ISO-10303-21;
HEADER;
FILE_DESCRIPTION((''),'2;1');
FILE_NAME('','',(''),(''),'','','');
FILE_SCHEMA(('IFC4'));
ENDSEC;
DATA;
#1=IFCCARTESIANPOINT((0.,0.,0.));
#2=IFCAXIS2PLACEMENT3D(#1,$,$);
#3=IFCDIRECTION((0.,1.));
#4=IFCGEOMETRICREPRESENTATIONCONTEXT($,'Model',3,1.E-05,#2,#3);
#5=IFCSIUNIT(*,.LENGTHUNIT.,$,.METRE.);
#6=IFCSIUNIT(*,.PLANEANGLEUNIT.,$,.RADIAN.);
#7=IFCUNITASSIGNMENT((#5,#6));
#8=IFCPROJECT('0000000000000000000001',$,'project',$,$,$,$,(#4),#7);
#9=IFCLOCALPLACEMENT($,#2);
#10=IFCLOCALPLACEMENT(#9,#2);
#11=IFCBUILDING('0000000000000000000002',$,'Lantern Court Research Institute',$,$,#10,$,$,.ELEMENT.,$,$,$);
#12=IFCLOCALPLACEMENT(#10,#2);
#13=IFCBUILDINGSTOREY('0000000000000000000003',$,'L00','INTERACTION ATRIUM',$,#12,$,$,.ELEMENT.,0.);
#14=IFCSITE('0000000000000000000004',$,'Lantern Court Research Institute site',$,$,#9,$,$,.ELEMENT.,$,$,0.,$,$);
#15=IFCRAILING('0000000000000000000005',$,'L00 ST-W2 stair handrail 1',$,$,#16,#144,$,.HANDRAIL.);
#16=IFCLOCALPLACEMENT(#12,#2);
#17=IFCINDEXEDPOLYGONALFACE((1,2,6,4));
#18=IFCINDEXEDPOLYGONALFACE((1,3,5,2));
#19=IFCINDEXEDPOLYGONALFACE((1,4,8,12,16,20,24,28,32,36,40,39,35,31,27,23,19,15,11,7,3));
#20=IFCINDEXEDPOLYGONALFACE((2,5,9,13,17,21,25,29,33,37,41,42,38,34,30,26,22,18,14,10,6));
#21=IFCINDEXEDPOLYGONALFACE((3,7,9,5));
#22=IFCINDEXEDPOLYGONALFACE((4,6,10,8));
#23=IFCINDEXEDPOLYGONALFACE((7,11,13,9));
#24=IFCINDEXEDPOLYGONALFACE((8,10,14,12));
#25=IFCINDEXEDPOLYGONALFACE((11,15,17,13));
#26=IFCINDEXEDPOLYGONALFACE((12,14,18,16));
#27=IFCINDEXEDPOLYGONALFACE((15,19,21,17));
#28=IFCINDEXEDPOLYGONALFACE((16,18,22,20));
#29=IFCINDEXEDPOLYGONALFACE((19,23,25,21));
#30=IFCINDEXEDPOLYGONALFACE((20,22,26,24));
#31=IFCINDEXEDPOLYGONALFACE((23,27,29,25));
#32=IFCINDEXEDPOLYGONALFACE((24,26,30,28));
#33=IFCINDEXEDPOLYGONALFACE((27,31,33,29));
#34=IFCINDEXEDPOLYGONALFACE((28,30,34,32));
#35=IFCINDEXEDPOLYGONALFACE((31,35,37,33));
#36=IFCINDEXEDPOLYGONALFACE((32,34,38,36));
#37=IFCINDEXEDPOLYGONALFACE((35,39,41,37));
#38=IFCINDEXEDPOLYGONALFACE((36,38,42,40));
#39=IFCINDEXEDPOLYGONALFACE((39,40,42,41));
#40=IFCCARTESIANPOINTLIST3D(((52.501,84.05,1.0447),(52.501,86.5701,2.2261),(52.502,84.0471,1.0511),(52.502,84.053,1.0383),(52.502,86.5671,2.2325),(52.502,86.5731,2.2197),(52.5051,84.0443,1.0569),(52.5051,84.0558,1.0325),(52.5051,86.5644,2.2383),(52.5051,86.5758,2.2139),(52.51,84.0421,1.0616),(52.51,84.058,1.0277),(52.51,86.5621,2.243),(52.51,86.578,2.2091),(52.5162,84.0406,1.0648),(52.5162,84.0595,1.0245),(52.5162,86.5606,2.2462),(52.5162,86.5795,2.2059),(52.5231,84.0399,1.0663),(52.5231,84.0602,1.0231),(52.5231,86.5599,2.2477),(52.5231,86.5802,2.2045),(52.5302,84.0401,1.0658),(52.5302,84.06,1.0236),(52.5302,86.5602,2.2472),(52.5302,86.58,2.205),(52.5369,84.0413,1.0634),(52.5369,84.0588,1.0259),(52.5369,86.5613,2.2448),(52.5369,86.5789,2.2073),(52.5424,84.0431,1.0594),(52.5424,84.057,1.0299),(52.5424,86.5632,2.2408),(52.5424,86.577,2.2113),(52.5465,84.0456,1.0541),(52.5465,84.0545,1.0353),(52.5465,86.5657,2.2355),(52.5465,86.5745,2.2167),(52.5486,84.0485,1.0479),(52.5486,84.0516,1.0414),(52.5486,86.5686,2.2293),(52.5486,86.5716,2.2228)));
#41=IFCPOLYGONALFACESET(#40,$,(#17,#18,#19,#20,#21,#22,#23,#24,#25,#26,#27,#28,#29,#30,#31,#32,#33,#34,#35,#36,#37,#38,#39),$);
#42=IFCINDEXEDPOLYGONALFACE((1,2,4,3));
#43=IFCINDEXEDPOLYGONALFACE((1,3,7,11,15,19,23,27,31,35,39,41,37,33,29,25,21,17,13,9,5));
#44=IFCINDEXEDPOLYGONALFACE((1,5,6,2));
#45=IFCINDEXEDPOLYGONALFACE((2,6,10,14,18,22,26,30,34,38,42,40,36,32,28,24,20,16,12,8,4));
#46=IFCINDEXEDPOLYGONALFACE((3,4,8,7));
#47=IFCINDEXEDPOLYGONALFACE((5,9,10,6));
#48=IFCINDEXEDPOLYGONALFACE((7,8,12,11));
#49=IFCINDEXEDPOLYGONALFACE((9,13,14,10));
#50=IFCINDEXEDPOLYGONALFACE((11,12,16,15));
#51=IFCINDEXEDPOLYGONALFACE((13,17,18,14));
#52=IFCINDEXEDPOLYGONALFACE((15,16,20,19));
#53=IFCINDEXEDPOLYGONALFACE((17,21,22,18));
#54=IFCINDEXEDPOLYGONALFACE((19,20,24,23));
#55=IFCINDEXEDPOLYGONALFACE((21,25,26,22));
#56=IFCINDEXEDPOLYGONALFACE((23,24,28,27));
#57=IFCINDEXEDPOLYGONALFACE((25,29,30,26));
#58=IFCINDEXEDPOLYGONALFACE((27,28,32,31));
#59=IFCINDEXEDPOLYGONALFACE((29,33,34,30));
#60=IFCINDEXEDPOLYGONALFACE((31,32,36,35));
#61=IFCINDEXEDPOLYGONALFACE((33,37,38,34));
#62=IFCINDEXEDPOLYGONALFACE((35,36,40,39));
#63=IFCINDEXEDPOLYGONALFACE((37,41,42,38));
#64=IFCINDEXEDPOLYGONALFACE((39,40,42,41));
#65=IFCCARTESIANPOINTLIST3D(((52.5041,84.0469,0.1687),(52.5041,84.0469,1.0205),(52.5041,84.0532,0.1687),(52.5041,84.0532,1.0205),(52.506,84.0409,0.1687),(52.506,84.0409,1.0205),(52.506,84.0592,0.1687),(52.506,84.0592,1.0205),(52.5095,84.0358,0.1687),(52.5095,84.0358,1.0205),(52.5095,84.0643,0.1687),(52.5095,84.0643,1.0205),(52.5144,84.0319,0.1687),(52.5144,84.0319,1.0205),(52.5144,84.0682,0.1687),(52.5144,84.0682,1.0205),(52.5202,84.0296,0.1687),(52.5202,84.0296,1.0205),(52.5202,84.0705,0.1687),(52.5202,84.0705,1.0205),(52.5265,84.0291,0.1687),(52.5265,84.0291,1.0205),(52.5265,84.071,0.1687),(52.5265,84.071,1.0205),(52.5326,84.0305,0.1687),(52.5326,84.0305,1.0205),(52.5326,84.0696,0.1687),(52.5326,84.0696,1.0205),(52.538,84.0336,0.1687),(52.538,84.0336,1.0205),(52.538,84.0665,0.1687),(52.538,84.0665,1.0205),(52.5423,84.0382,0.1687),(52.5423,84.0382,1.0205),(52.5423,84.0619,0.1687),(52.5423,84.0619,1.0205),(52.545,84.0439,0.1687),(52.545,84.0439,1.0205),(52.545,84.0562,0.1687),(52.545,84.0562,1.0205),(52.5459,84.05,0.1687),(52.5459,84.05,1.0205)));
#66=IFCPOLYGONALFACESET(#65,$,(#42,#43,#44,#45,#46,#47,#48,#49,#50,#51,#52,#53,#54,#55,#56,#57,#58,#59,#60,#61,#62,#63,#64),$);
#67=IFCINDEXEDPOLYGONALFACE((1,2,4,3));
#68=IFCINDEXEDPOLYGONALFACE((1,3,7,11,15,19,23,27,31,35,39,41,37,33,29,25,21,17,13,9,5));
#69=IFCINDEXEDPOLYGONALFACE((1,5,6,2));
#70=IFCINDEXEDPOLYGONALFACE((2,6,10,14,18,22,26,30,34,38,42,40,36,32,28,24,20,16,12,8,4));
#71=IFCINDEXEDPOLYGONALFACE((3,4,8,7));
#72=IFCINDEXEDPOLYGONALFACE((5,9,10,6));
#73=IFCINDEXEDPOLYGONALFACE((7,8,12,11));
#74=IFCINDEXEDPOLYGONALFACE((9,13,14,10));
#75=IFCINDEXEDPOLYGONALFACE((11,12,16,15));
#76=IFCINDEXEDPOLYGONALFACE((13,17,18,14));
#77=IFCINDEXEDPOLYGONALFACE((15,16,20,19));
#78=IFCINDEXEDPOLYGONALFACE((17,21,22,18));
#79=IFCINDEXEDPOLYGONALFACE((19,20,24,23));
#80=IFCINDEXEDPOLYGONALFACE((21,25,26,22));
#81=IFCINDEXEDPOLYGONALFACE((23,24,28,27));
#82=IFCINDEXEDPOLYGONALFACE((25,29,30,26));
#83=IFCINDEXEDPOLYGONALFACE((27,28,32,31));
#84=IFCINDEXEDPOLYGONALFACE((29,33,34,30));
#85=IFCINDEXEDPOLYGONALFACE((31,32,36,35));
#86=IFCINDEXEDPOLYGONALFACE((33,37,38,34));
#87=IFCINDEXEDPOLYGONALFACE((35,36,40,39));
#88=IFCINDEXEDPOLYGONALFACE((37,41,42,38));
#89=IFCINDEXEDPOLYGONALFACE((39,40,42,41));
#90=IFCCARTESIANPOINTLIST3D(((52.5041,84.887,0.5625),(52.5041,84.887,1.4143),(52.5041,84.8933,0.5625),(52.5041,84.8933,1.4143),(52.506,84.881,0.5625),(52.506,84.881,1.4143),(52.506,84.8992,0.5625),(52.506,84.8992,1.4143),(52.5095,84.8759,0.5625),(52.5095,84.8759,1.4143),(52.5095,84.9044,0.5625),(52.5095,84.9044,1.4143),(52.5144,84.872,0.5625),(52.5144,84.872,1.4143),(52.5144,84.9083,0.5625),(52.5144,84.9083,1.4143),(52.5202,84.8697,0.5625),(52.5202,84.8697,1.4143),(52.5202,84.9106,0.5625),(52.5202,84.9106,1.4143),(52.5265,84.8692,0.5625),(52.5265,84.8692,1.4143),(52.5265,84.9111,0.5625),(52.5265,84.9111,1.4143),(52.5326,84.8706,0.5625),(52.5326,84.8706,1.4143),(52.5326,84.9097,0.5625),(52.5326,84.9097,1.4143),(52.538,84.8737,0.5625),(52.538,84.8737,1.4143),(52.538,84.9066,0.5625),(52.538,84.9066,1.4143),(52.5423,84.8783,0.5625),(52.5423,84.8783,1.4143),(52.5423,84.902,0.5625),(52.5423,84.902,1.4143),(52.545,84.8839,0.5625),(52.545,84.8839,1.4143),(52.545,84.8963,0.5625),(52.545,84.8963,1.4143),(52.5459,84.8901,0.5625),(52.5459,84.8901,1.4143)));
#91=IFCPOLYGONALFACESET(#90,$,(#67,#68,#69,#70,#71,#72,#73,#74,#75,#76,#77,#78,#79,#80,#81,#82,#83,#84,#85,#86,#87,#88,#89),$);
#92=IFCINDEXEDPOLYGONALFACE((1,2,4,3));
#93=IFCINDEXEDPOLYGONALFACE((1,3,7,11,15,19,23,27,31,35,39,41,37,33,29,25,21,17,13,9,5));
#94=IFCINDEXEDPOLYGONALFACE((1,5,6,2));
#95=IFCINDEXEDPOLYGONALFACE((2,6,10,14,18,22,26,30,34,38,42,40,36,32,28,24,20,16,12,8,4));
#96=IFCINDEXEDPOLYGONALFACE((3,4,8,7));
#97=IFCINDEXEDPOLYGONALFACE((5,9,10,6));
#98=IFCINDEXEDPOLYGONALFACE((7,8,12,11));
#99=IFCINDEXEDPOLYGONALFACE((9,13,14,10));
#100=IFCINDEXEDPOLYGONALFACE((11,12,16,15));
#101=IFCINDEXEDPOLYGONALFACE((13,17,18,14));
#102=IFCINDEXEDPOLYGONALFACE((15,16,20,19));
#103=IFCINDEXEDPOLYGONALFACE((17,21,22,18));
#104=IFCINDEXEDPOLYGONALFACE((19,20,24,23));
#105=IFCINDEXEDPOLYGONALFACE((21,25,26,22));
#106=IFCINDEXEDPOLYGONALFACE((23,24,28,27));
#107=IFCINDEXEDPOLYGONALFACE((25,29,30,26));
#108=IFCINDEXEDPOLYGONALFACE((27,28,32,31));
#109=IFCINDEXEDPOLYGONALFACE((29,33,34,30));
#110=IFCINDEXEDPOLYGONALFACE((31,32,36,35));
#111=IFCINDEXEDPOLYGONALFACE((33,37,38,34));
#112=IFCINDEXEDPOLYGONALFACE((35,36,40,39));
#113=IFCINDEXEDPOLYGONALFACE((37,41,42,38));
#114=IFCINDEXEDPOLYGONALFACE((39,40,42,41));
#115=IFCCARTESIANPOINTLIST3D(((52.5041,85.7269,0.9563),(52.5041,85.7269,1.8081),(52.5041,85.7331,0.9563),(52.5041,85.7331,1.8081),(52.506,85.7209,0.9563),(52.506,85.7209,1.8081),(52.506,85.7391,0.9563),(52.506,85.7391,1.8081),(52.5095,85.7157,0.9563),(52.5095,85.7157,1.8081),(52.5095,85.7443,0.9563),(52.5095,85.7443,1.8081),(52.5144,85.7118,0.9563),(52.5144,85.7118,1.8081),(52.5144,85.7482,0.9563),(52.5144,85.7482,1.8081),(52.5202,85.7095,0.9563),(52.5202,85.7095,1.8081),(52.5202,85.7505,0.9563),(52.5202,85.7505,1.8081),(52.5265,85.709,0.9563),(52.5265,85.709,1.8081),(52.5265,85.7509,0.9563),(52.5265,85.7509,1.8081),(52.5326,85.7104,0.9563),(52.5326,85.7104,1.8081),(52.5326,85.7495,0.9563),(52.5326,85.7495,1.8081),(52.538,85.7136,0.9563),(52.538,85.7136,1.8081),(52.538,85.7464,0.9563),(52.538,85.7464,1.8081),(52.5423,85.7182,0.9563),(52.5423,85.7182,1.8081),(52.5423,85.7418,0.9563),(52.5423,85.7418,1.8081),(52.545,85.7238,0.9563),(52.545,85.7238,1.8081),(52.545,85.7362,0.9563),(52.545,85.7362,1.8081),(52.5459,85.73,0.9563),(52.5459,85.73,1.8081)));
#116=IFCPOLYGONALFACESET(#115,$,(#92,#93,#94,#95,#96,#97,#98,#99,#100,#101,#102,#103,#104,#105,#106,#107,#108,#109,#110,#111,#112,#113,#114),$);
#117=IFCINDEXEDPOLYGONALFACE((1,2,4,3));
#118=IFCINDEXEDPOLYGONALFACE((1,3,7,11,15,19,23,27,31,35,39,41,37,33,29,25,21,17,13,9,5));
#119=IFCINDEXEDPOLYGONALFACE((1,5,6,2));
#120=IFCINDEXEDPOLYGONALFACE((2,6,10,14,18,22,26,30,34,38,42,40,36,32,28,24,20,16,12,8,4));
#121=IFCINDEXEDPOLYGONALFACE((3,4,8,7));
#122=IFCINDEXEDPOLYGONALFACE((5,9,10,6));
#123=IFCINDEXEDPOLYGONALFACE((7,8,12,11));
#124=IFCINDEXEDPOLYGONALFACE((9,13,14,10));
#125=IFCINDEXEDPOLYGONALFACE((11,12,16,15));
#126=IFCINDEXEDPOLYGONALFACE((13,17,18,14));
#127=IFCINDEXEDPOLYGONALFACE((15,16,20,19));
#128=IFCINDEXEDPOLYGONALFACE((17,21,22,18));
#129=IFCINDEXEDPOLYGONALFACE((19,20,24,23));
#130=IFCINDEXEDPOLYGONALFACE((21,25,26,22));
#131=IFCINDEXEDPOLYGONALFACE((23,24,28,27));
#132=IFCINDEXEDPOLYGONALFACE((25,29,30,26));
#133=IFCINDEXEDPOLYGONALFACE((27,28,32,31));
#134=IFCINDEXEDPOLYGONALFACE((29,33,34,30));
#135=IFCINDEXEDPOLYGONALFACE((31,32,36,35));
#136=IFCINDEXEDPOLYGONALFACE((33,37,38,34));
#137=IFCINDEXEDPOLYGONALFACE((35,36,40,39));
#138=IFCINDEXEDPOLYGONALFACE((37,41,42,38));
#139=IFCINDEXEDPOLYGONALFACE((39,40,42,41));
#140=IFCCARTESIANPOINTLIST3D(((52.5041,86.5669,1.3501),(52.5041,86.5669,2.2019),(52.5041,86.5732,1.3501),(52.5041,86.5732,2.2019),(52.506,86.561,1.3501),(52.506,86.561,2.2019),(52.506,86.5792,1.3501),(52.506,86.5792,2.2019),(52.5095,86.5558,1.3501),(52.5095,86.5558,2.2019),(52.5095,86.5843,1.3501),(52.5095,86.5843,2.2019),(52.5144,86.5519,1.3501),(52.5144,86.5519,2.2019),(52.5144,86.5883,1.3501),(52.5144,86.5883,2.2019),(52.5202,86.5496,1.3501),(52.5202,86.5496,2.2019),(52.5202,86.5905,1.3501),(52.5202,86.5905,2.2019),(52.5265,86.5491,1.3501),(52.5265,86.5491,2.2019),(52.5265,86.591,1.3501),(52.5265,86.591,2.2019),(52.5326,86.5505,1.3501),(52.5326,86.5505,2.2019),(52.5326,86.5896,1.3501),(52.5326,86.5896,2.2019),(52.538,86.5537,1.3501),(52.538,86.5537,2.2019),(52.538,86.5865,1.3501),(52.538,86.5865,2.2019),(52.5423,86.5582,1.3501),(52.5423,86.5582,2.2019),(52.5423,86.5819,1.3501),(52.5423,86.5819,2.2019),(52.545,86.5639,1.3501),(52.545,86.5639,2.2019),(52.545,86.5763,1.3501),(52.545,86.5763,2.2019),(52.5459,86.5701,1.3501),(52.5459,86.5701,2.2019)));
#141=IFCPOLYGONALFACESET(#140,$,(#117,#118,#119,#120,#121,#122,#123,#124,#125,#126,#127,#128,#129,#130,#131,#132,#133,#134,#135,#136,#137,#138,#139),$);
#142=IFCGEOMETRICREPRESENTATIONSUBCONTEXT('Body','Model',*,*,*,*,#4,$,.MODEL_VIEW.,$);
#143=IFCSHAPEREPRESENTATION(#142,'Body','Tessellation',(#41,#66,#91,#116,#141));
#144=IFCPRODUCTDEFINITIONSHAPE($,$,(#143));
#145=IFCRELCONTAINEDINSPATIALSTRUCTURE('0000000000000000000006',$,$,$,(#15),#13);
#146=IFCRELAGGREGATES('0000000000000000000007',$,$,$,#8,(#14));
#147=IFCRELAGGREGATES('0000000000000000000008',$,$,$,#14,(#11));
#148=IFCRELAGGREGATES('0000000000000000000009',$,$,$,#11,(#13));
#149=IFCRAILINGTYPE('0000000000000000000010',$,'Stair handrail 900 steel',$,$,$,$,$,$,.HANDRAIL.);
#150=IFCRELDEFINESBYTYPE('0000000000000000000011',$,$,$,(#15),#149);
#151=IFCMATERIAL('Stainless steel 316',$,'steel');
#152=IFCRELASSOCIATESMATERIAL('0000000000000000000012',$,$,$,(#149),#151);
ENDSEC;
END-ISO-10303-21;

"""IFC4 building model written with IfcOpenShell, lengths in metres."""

from ifc_helpers import new_model, si_unit, direction, frame, origin, origin_2d, place, context, subcontext, project, spatial, circle, extrude, material, type_object, element, save


model = new_model("IFC4")

# Units and contexts
model_context = context("Model", 3, precision=1e-05, world=origin(), true_north=direction((0.0, 1.0)))
body_context = subcontext(model_context, "Body", "Model", "MODEL_VIEW")
ifc_project = project(units=[si_unit("LENGTHUNIT", "METRE"), si_unit("PLANEANGLEUNIT", "RADIAN")], contexts=[model_context])

# Site, building, storey
site_placement = place(None, origin())
site = spatial("IfcSite", under=ifc_project, at=site_placement, Name="Lantern Court Research Institute site", CompositionType="ELEMENT", RefElevation=0.0)
building_placement = place(site_placement, origin())
building = spatial("IfcBuilding", under=site, at=building_placement, Name="Lantern Court Research Institute", CompositionType="ELEMENT")
storey_placement = place(building_placement, origin())
storey = spatial("IfcBuildingStorey", under=building, at=storey_placement, Name="L00", Description="INTERACTION ATRIUM", CompositionType="ELEMENT", Elevation=0.0)

# Railing
ifc_material_1 = material(Name="Stainless steel 316", Category="steel")
railing_type = type_object("IfcRailingType", Name="Stair handrail 900 steel", PredefinedType="HANDRAIL", material=ifc_material_1)
for number, where, name in (
    (1, (52.5249, 84.05, 0.1687), "L00 ST-W2 stair handrail 1"),
):
    element("IfcRailing", number, at=place(storey_placement, frame(where)), inside=storey, type_object=railing_type, Name=name, PredefinedType="HANDRAIL", context=body_context, shape_type="SweptSolid", body=[
        extrude(circle(Radius=0.0239, at=origin_2d()), frame((0.0, 0.0, 0.876), z_axis=(0.0, 0.90544, 0.424474), x_axis=(-1.0, 0.0, 0.0)), (0.0, 0.0, 1.0), 2.7832),
        extrude(circle(Radius=0.021, at=origin_2d()), origin(), (0.0, 0.0, 1.0), 0.8518),
        extrude(circle(Radius=0.021, at=origin_2d()), frame((0.0, 0.8401, 0.3938)), (0.0, 0.0, 1.0), 0.8518),
        extrude(circle(Radius=0.021, at=origin_2d()), frame((0.0, 1.6799, 0.7876)), (0.0, 0.0, 1.0), 0.8518),
        extrude(circle(Radius=0.021, at=origin_2d()), frame((0.0, 2.52, 1.1814)), (0.0, 0.0, 1.0), 0.8518),
    ])

save(model, "model.ifc")
